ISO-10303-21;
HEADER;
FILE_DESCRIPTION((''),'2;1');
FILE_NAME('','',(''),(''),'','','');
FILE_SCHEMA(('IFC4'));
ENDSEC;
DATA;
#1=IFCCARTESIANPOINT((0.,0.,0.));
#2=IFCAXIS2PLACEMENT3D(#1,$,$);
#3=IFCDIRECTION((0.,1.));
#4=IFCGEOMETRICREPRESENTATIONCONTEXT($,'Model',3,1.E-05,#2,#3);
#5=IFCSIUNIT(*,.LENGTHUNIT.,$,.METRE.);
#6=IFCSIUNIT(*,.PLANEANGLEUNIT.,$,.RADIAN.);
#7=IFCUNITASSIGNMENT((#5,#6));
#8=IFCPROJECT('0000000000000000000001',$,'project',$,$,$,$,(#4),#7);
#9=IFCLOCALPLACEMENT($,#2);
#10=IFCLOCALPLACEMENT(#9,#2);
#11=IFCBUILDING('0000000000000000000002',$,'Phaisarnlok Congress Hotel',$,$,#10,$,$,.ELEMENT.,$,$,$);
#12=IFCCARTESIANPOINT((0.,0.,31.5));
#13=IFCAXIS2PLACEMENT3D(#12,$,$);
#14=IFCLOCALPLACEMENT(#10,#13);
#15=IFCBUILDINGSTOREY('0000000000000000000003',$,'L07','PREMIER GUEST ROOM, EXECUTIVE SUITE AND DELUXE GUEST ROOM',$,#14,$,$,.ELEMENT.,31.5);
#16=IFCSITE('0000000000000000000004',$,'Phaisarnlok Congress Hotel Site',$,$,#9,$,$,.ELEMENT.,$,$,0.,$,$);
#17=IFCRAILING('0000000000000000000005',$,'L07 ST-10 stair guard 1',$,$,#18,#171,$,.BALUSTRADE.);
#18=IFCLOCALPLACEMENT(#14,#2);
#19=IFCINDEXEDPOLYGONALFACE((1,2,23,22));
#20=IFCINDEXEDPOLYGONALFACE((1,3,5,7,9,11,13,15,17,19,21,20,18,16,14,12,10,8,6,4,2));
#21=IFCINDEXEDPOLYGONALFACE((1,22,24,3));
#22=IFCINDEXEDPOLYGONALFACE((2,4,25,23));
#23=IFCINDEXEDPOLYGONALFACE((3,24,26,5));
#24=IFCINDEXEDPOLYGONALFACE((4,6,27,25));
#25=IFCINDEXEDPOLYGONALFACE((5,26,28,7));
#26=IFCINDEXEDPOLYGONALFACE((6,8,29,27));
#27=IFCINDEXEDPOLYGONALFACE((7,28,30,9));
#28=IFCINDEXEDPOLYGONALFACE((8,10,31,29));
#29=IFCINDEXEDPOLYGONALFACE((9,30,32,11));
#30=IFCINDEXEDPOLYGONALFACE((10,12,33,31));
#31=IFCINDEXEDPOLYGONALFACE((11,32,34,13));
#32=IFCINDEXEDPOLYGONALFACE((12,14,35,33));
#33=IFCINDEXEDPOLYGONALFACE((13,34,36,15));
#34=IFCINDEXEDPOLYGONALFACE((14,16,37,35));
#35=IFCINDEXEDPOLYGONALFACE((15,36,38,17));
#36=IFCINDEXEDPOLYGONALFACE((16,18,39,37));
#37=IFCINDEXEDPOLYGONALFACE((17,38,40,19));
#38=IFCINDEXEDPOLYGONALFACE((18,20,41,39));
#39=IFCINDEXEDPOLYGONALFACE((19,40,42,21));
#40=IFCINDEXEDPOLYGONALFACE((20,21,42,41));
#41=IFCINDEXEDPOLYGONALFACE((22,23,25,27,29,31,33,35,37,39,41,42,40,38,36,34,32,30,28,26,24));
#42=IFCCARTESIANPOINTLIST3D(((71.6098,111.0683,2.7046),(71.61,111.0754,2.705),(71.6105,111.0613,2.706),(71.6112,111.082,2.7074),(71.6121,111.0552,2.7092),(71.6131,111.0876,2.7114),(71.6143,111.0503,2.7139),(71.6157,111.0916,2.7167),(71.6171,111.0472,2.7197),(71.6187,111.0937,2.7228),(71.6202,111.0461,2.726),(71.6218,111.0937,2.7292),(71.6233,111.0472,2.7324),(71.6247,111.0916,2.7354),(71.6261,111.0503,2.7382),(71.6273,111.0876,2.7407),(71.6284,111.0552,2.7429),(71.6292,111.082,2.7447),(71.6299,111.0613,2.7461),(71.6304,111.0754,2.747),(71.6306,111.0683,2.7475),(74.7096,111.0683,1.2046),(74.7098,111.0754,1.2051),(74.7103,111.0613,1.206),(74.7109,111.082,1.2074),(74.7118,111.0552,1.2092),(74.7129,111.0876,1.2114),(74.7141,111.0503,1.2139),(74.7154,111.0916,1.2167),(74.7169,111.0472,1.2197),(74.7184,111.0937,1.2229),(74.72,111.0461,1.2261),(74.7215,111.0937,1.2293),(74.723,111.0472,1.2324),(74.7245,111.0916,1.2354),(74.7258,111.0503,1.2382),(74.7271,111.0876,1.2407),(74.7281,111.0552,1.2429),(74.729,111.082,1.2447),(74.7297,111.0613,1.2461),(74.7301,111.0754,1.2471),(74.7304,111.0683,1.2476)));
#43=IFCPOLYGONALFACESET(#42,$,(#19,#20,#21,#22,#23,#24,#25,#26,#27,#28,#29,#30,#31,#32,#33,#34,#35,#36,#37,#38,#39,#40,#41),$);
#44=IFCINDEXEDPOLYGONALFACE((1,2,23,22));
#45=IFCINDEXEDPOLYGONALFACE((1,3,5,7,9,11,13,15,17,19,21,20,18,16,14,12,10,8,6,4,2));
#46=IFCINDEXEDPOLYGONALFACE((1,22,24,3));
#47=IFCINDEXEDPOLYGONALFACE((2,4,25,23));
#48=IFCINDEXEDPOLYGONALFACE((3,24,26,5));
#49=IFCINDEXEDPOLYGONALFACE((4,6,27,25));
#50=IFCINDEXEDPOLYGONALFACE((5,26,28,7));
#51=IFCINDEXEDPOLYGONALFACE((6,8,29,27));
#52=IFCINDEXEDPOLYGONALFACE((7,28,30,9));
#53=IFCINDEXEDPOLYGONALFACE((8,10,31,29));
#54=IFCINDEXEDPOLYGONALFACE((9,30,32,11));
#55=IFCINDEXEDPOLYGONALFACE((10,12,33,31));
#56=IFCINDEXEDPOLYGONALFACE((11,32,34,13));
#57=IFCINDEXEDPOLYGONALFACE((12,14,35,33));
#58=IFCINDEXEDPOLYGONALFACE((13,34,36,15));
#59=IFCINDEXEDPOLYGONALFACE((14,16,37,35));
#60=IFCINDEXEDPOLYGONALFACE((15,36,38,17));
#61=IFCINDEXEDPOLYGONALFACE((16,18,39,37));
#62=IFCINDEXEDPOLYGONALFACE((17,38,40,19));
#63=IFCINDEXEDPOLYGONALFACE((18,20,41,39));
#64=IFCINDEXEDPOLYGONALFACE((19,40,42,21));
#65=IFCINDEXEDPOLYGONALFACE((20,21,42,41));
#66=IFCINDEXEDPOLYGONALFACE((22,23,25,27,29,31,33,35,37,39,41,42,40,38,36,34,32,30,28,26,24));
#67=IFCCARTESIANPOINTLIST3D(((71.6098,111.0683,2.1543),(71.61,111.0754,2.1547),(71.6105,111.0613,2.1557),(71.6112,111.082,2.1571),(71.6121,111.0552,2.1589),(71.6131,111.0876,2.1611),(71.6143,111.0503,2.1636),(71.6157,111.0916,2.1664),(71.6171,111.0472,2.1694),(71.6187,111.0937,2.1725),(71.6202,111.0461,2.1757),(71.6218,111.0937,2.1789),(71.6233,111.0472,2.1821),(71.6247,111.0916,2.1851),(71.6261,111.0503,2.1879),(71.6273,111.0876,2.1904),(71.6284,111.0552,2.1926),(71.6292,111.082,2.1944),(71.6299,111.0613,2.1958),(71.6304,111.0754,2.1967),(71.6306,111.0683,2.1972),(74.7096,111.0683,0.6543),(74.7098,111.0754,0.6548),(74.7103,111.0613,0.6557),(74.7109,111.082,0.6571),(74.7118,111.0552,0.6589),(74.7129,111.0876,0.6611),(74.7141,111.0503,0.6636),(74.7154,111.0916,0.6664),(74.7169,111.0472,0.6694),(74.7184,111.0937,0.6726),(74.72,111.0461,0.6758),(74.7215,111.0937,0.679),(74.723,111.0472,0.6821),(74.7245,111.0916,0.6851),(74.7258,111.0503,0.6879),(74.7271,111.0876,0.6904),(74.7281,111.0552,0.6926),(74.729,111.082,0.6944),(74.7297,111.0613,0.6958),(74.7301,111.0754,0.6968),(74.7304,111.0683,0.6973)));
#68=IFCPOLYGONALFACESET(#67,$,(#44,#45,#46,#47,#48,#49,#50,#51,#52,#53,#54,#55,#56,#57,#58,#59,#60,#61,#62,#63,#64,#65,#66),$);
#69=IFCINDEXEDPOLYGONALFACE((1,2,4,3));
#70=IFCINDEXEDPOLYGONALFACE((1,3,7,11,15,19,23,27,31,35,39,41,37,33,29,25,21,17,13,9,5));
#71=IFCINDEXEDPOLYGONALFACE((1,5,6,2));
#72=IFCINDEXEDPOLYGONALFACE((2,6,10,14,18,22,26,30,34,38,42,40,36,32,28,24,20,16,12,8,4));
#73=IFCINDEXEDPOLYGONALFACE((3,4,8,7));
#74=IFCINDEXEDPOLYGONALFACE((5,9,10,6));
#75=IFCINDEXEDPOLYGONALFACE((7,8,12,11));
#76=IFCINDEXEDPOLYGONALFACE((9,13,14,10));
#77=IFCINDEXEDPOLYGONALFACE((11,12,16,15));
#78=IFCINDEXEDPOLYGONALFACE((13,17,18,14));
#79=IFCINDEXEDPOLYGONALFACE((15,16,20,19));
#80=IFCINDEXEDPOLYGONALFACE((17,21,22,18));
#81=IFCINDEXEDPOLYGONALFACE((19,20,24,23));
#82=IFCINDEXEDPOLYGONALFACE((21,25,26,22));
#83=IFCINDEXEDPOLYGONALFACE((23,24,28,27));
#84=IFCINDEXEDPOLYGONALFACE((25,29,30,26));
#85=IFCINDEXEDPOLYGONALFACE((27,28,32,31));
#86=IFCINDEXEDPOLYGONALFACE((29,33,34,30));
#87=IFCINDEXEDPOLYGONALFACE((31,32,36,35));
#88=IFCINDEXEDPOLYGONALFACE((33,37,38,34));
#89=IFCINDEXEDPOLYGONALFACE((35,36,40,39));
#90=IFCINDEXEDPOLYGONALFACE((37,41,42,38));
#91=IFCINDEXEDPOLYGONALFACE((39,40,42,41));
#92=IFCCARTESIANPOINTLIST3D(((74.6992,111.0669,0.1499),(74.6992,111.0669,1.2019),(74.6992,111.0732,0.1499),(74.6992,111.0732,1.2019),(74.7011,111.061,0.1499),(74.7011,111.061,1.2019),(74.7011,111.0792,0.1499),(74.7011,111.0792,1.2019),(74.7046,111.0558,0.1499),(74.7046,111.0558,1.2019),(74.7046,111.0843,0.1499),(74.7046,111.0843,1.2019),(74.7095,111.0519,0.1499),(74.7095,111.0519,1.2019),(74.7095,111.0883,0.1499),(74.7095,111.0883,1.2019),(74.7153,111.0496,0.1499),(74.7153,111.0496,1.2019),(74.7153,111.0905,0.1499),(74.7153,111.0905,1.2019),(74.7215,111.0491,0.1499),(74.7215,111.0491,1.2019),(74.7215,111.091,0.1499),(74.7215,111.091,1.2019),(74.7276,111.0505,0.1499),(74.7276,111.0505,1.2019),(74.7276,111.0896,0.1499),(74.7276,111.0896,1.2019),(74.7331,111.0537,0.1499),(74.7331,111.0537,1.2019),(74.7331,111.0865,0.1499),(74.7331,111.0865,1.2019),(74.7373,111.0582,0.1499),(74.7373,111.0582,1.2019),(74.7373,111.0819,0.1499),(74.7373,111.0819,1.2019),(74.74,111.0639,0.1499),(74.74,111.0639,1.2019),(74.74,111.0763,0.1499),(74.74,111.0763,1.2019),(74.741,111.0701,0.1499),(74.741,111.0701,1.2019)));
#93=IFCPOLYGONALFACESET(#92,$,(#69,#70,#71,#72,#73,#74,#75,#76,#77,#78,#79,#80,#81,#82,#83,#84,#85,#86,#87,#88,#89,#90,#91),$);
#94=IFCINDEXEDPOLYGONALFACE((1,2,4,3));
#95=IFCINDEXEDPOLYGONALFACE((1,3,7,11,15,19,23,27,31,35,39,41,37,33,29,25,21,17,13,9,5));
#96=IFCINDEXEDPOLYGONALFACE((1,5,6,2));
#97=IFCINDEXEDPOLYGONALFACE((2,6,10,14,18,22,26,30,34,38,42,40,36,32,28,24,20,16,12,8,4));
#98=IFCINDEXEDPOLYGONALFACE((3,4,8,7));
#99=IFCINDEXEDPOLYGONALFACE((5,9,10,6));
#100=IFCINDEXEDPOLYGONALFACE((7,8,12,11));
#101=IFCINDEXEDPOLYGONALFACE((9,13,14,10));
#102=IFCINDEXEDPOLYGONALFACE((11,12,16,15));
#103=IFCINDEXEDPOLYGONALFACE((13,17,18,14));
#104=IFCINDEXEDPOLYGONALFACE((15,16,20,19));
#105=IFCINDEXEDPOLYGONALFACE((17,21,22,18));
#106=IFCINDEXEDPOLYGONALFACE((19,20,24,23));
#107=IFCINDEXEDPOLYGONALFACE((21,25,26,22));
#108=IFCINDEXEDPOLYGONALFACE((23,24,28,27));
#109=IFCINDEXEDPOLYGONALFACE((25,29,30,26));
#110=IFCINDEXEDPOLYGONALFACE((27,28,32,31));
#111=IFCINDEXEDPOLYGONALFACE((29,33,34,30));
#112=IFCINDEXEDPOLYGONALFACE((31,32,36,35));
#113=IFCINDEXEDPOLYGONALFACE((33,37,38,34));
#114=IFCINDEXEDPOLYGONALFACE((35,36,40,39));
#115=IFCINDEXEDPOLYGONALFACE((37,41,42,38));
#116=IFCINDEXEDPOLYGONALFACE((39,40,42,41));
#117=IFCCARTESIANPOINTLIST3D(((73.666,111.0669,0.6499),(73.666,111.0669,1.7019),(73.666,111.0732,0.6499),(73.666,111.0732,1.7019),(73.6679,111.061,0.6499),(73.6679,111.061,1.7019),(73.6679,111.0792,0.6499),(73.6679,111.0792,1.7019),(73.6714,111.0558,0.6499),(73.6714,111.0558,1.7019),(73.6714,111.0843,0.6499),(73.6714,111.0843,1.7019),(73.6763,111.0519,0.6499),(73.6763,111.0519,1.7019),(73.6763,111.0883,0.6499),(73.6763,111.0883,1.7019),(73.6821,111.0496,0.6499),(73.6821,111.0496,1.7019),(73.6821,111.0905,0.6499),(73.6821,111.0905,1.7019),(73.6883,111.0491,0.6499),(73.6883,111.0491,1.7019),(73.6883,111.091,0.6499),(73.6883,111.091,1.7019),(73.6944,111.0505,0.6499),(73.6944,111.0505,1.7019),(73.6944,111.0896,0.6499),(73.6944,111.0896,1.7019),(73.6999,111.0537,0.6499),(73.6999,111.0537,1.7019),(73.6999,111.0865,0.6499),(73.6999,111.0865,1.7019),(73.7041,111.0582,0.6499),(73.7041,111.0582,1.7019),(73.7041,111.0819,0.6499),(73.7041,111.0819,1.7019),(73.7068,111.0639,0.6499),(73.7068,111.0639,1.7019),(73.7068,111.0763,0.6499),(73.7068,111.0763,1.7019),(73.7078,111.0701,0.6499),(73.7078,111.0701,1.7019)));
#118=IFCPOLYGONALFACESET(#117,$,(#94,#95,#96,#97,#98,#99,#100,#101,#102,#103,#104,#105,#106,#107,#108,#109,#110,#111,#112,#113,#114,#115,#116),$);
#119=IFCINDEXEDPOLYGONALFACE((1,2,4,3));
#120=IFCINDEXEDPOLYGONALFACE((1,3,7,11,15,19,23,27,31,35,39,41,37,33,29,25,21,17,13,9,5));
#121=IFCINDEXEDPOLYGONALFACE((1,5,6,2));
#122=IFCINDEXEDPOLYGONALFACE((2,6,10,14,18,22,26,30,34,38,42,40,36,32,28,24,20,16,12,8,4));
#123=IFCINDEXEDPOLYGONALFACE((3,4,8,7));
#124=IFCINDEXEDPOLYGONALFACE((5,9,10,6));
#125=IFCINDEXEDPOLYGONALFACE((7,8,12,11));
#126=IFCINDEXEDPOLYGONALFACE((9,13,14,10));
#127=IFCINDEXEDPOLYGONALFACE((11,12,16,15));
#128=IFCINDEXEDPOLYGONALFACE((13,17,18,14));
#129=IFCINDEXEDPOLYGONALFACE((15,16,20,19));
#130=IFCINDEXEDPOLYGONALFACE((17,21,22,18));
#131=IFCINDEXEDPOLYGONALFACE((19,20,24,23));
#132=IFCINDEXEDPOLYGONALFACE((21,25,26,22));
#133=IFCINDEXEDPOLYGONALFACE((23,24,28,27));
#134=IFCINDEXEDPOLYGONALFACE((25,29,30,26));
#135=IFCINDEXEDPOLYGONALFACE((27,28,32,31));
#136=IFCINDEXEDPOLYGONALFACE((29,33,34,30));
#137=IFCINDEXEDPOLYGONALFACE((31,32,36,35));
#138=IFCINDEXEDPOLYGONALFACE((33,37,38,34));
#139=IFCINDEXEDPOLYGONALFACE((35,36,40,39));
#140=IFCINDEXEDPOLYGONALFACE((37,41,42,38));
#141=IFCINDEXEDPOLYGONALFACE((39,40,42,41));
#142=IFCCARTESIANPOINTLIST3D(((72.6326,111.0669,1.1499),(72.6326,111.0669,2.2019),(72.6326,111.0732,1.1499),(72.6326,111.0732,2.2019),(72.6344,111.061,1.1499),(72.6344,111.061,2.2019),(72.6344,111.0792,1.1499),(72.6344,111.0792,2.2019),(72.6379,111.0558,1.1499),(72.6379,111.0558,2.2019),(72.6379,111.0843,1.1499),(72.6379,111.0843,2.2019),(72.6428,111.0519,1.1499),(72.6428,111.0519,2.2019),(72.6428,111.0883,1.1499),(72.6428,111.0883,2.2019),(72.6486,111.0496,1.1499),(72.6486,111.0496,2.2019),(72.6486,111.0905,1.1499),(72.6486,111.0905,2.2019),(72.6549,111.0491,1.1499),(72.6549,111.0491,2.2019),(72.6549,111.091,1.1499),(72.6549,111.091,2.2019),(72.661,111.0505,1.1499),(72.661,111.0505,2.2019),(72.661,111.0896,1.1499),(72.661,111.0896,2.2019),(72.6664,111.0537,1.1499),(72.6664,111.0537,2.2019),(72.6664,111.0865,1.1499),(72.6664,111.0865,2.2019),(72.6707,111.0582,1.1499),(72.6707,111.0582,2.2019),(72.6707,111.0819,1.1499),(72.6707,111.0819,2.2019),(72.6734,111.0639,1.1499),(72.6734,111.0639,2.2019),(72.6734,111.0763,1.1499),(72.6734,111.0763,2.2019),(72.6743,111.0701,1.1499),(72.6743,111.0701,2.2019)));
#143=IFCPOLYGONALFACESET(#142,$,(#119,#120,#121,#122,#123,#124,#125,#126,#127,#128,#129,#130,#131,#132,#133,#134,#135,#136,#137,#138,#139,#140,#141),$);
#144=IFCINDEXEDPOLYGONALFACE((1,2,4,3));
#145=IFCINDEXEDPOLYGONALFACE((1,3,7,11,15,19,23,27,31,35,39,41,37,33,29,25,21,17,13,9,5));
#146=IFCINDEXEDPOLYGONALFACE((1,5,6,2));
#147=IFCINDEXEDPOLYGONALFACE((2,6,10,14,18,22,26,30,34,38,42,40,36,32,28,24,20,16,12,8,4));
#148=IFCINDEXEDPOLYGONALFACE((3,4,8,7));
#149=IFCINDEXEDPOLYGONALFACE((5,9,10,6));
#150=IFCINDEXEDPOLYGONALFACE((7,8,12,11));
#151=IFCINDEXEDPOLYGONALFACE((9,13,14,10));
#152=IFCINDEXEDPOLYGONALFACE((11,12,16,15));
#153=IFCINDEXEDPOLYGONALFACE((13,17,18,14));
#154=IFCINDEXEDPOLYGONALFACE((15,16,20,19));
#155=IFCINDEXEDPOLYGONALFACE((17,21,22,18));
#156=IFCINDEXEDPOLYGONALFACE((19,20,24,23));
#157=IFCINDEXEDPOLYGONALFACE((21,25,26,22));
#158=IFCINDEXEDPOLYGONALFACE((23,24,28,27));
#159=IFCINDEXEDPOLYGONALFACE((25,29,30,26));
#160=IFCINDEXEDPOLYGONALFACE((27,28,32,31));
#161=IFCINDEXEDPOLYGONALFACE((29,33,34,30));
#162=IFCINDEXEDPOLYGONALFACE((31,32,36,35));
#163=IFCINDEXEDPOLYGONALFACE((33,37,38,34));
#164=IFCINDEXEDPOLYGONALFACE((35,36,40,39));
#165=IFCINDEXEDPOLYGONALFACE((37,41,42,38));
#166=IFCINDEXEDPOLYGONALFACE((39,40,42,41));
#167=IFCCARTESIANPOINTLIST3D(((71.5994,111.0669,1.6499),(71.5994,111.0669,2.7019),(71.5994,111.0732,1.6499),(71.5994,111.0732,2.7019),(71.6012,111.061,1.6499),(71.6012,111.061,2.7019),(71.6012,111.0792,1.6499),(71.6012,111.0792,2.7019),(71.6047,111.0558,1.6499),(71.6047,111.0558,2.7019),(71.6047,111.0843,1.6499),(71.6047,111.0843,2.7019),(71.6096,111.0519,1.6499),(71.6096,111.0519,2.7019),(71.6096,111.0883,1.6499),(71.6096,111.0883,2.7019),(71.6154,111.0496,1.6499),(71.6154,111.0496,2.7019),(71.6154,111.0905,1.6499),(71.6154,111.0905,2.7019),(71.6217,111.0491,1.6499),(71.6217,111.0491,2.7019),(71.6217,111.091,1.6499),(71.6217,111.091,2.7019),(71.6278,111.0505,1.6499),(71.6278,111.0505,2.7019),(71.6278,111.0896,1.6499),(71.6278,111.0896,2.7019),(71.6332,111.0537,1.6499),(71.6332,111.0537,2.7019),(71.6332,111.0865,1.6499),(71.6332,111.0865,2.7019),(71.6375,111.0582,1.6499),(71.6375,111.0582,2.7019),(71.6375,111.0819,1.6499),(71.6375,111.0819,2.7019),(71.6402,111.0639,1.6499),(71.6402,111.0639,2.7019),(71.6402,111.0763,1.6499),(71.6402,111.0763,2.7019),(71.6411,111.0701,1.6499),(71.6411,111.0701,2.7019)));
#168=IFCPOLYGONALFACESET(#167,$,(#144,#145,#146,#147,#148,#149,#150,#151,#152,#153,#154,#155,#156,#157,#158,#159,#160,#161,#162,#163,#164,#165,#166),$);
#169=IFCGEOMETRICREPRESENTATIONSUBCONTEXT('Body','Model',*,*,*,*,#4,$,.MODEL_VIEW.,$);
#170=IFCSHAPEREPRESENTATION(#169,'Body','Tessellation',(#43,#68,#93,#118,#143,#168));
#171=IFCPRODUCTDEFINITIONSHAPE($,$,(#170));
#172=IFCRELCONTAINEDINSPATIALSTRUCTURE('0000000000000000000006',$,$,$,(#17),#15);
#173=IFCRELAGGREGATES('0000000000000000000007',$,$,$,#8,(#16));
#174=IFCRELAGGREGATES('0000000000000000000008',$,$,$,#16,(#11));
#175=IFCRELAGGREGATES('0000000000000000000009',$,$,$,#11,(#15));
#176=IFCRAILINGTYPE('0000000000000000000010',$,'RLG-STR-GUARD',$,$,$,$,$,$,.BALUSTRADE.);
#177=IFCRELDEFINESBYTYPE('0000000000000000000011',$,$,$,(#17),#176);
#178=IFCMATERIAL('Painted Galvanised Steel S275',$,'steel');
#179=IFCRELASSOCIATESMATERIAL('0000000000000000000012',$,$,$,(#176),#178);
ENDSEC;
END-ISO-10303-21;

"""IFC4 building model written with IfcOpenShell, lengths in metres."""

from ifc_helpers import new_model, si_unit, direction, frame, origin, origin_2d, place, context, subcontext, project, spatial, circle, extrude, material, type_object, element, save


model = new_model("IFC4")

# Units and contexts
model_context = context("Model", 3, precision=1e-05, world=origin(), true_north=direction((0.0, 1.0)))
body_context = subcontext(model_context, "Body", "Model", "MODEL_VIEW")
ifc_project = project(units=[si_unit("LENGTHUNIT", "METRE"), si_unit("PLANEANGLEUNIT", "RADIAN")], contexts=[model_context])

# Site, building, storey
site_placement = place(None, origin())
site = spatial("IfcSite", under=ifc_project, at=site_placement, Name="Phaisarnlok Congress Hotel Site", CompositionType="ELEMENT", RefElevation=0.0)
building_placement = place(site_placement, origin())
building = spatial("IfcBuilding", under=site, at=building_placement, Name="Phaisarnlok Congress Hotel", CompositionType="ELEMENT")
storey_placement = place(building_placement, frame((0.0, 0.0, 31.5)))
storey = spatial("IfcBuildingStorey", under=building, at=storey_placement, Name="L07", Description="PREMIER GUEST ROOM, EXECUTIVE SUITE AND DELUXE GUEST ROOM", CompositionType="ELEMENT", Elevation=31.5)

# Railing
ifc_material_1 = material(Name="Painted Galvanised Steel S275", Category="steel")
railing_type_1 = type_object("IfcRailingType", Name="RLG-STR-GUARD", PredefinedType="BALUSTRADE", material=ifc_material_1)
railing_1_placement = place(storey_placement, frame((74.72, 111.0701, 0.1499)))
element("IfcRailing", 1, at=railing_1_placement, inside=storey, type_object=railing_type_1, Name="L07 ST-10 stair guard 1", PredefinedType="BALUSTRADE", context=body_context, shape_type="SweptSolid", body=[
    extrude(circle(Radius=0.0239, at=origin_2d()), frame((0.0, 0.0, 1.0762), z_axis=(-0.900151, 0.0, 0.435578), x_axis=(0.0, -1.0, 0.0)), (0.0, 0.0, 1.0), 3.4436),
    extrude(circle(Radius=0.0239, at=origin_2d()), frame((0.0, 0.0, 0.5259), z_axis=(-0.900151, 0.0, 0.435578), x_axis=(0.0, -1.0, 0.0)), (0.0, 0.0, 1.0), 3.4436),
    extrude(circle(Radius=0.021, at=origin_2d()), origin(), (0.0, 0.0, 1.0), 1.052),
    extrude(circle(Radius=0.021, at=origin_2d()), frame((-1.0332, 0.0, 0.5)), (0.0, 0.0, 1.0), 1.052),
    extrude(circle(Radius=0.021, at=origin_2d()), frame((-2.0667, 0.0, 1.0)), (0.0, 0.0, 1.0), 1.052),
    extrude(circle(Radius=0.021, at=origin_2d()), frame((-3.0999, 0.0, 1.5)), (0.0, 0.0, 1.0), 1.052),
])

save(model, "model.ifc")
